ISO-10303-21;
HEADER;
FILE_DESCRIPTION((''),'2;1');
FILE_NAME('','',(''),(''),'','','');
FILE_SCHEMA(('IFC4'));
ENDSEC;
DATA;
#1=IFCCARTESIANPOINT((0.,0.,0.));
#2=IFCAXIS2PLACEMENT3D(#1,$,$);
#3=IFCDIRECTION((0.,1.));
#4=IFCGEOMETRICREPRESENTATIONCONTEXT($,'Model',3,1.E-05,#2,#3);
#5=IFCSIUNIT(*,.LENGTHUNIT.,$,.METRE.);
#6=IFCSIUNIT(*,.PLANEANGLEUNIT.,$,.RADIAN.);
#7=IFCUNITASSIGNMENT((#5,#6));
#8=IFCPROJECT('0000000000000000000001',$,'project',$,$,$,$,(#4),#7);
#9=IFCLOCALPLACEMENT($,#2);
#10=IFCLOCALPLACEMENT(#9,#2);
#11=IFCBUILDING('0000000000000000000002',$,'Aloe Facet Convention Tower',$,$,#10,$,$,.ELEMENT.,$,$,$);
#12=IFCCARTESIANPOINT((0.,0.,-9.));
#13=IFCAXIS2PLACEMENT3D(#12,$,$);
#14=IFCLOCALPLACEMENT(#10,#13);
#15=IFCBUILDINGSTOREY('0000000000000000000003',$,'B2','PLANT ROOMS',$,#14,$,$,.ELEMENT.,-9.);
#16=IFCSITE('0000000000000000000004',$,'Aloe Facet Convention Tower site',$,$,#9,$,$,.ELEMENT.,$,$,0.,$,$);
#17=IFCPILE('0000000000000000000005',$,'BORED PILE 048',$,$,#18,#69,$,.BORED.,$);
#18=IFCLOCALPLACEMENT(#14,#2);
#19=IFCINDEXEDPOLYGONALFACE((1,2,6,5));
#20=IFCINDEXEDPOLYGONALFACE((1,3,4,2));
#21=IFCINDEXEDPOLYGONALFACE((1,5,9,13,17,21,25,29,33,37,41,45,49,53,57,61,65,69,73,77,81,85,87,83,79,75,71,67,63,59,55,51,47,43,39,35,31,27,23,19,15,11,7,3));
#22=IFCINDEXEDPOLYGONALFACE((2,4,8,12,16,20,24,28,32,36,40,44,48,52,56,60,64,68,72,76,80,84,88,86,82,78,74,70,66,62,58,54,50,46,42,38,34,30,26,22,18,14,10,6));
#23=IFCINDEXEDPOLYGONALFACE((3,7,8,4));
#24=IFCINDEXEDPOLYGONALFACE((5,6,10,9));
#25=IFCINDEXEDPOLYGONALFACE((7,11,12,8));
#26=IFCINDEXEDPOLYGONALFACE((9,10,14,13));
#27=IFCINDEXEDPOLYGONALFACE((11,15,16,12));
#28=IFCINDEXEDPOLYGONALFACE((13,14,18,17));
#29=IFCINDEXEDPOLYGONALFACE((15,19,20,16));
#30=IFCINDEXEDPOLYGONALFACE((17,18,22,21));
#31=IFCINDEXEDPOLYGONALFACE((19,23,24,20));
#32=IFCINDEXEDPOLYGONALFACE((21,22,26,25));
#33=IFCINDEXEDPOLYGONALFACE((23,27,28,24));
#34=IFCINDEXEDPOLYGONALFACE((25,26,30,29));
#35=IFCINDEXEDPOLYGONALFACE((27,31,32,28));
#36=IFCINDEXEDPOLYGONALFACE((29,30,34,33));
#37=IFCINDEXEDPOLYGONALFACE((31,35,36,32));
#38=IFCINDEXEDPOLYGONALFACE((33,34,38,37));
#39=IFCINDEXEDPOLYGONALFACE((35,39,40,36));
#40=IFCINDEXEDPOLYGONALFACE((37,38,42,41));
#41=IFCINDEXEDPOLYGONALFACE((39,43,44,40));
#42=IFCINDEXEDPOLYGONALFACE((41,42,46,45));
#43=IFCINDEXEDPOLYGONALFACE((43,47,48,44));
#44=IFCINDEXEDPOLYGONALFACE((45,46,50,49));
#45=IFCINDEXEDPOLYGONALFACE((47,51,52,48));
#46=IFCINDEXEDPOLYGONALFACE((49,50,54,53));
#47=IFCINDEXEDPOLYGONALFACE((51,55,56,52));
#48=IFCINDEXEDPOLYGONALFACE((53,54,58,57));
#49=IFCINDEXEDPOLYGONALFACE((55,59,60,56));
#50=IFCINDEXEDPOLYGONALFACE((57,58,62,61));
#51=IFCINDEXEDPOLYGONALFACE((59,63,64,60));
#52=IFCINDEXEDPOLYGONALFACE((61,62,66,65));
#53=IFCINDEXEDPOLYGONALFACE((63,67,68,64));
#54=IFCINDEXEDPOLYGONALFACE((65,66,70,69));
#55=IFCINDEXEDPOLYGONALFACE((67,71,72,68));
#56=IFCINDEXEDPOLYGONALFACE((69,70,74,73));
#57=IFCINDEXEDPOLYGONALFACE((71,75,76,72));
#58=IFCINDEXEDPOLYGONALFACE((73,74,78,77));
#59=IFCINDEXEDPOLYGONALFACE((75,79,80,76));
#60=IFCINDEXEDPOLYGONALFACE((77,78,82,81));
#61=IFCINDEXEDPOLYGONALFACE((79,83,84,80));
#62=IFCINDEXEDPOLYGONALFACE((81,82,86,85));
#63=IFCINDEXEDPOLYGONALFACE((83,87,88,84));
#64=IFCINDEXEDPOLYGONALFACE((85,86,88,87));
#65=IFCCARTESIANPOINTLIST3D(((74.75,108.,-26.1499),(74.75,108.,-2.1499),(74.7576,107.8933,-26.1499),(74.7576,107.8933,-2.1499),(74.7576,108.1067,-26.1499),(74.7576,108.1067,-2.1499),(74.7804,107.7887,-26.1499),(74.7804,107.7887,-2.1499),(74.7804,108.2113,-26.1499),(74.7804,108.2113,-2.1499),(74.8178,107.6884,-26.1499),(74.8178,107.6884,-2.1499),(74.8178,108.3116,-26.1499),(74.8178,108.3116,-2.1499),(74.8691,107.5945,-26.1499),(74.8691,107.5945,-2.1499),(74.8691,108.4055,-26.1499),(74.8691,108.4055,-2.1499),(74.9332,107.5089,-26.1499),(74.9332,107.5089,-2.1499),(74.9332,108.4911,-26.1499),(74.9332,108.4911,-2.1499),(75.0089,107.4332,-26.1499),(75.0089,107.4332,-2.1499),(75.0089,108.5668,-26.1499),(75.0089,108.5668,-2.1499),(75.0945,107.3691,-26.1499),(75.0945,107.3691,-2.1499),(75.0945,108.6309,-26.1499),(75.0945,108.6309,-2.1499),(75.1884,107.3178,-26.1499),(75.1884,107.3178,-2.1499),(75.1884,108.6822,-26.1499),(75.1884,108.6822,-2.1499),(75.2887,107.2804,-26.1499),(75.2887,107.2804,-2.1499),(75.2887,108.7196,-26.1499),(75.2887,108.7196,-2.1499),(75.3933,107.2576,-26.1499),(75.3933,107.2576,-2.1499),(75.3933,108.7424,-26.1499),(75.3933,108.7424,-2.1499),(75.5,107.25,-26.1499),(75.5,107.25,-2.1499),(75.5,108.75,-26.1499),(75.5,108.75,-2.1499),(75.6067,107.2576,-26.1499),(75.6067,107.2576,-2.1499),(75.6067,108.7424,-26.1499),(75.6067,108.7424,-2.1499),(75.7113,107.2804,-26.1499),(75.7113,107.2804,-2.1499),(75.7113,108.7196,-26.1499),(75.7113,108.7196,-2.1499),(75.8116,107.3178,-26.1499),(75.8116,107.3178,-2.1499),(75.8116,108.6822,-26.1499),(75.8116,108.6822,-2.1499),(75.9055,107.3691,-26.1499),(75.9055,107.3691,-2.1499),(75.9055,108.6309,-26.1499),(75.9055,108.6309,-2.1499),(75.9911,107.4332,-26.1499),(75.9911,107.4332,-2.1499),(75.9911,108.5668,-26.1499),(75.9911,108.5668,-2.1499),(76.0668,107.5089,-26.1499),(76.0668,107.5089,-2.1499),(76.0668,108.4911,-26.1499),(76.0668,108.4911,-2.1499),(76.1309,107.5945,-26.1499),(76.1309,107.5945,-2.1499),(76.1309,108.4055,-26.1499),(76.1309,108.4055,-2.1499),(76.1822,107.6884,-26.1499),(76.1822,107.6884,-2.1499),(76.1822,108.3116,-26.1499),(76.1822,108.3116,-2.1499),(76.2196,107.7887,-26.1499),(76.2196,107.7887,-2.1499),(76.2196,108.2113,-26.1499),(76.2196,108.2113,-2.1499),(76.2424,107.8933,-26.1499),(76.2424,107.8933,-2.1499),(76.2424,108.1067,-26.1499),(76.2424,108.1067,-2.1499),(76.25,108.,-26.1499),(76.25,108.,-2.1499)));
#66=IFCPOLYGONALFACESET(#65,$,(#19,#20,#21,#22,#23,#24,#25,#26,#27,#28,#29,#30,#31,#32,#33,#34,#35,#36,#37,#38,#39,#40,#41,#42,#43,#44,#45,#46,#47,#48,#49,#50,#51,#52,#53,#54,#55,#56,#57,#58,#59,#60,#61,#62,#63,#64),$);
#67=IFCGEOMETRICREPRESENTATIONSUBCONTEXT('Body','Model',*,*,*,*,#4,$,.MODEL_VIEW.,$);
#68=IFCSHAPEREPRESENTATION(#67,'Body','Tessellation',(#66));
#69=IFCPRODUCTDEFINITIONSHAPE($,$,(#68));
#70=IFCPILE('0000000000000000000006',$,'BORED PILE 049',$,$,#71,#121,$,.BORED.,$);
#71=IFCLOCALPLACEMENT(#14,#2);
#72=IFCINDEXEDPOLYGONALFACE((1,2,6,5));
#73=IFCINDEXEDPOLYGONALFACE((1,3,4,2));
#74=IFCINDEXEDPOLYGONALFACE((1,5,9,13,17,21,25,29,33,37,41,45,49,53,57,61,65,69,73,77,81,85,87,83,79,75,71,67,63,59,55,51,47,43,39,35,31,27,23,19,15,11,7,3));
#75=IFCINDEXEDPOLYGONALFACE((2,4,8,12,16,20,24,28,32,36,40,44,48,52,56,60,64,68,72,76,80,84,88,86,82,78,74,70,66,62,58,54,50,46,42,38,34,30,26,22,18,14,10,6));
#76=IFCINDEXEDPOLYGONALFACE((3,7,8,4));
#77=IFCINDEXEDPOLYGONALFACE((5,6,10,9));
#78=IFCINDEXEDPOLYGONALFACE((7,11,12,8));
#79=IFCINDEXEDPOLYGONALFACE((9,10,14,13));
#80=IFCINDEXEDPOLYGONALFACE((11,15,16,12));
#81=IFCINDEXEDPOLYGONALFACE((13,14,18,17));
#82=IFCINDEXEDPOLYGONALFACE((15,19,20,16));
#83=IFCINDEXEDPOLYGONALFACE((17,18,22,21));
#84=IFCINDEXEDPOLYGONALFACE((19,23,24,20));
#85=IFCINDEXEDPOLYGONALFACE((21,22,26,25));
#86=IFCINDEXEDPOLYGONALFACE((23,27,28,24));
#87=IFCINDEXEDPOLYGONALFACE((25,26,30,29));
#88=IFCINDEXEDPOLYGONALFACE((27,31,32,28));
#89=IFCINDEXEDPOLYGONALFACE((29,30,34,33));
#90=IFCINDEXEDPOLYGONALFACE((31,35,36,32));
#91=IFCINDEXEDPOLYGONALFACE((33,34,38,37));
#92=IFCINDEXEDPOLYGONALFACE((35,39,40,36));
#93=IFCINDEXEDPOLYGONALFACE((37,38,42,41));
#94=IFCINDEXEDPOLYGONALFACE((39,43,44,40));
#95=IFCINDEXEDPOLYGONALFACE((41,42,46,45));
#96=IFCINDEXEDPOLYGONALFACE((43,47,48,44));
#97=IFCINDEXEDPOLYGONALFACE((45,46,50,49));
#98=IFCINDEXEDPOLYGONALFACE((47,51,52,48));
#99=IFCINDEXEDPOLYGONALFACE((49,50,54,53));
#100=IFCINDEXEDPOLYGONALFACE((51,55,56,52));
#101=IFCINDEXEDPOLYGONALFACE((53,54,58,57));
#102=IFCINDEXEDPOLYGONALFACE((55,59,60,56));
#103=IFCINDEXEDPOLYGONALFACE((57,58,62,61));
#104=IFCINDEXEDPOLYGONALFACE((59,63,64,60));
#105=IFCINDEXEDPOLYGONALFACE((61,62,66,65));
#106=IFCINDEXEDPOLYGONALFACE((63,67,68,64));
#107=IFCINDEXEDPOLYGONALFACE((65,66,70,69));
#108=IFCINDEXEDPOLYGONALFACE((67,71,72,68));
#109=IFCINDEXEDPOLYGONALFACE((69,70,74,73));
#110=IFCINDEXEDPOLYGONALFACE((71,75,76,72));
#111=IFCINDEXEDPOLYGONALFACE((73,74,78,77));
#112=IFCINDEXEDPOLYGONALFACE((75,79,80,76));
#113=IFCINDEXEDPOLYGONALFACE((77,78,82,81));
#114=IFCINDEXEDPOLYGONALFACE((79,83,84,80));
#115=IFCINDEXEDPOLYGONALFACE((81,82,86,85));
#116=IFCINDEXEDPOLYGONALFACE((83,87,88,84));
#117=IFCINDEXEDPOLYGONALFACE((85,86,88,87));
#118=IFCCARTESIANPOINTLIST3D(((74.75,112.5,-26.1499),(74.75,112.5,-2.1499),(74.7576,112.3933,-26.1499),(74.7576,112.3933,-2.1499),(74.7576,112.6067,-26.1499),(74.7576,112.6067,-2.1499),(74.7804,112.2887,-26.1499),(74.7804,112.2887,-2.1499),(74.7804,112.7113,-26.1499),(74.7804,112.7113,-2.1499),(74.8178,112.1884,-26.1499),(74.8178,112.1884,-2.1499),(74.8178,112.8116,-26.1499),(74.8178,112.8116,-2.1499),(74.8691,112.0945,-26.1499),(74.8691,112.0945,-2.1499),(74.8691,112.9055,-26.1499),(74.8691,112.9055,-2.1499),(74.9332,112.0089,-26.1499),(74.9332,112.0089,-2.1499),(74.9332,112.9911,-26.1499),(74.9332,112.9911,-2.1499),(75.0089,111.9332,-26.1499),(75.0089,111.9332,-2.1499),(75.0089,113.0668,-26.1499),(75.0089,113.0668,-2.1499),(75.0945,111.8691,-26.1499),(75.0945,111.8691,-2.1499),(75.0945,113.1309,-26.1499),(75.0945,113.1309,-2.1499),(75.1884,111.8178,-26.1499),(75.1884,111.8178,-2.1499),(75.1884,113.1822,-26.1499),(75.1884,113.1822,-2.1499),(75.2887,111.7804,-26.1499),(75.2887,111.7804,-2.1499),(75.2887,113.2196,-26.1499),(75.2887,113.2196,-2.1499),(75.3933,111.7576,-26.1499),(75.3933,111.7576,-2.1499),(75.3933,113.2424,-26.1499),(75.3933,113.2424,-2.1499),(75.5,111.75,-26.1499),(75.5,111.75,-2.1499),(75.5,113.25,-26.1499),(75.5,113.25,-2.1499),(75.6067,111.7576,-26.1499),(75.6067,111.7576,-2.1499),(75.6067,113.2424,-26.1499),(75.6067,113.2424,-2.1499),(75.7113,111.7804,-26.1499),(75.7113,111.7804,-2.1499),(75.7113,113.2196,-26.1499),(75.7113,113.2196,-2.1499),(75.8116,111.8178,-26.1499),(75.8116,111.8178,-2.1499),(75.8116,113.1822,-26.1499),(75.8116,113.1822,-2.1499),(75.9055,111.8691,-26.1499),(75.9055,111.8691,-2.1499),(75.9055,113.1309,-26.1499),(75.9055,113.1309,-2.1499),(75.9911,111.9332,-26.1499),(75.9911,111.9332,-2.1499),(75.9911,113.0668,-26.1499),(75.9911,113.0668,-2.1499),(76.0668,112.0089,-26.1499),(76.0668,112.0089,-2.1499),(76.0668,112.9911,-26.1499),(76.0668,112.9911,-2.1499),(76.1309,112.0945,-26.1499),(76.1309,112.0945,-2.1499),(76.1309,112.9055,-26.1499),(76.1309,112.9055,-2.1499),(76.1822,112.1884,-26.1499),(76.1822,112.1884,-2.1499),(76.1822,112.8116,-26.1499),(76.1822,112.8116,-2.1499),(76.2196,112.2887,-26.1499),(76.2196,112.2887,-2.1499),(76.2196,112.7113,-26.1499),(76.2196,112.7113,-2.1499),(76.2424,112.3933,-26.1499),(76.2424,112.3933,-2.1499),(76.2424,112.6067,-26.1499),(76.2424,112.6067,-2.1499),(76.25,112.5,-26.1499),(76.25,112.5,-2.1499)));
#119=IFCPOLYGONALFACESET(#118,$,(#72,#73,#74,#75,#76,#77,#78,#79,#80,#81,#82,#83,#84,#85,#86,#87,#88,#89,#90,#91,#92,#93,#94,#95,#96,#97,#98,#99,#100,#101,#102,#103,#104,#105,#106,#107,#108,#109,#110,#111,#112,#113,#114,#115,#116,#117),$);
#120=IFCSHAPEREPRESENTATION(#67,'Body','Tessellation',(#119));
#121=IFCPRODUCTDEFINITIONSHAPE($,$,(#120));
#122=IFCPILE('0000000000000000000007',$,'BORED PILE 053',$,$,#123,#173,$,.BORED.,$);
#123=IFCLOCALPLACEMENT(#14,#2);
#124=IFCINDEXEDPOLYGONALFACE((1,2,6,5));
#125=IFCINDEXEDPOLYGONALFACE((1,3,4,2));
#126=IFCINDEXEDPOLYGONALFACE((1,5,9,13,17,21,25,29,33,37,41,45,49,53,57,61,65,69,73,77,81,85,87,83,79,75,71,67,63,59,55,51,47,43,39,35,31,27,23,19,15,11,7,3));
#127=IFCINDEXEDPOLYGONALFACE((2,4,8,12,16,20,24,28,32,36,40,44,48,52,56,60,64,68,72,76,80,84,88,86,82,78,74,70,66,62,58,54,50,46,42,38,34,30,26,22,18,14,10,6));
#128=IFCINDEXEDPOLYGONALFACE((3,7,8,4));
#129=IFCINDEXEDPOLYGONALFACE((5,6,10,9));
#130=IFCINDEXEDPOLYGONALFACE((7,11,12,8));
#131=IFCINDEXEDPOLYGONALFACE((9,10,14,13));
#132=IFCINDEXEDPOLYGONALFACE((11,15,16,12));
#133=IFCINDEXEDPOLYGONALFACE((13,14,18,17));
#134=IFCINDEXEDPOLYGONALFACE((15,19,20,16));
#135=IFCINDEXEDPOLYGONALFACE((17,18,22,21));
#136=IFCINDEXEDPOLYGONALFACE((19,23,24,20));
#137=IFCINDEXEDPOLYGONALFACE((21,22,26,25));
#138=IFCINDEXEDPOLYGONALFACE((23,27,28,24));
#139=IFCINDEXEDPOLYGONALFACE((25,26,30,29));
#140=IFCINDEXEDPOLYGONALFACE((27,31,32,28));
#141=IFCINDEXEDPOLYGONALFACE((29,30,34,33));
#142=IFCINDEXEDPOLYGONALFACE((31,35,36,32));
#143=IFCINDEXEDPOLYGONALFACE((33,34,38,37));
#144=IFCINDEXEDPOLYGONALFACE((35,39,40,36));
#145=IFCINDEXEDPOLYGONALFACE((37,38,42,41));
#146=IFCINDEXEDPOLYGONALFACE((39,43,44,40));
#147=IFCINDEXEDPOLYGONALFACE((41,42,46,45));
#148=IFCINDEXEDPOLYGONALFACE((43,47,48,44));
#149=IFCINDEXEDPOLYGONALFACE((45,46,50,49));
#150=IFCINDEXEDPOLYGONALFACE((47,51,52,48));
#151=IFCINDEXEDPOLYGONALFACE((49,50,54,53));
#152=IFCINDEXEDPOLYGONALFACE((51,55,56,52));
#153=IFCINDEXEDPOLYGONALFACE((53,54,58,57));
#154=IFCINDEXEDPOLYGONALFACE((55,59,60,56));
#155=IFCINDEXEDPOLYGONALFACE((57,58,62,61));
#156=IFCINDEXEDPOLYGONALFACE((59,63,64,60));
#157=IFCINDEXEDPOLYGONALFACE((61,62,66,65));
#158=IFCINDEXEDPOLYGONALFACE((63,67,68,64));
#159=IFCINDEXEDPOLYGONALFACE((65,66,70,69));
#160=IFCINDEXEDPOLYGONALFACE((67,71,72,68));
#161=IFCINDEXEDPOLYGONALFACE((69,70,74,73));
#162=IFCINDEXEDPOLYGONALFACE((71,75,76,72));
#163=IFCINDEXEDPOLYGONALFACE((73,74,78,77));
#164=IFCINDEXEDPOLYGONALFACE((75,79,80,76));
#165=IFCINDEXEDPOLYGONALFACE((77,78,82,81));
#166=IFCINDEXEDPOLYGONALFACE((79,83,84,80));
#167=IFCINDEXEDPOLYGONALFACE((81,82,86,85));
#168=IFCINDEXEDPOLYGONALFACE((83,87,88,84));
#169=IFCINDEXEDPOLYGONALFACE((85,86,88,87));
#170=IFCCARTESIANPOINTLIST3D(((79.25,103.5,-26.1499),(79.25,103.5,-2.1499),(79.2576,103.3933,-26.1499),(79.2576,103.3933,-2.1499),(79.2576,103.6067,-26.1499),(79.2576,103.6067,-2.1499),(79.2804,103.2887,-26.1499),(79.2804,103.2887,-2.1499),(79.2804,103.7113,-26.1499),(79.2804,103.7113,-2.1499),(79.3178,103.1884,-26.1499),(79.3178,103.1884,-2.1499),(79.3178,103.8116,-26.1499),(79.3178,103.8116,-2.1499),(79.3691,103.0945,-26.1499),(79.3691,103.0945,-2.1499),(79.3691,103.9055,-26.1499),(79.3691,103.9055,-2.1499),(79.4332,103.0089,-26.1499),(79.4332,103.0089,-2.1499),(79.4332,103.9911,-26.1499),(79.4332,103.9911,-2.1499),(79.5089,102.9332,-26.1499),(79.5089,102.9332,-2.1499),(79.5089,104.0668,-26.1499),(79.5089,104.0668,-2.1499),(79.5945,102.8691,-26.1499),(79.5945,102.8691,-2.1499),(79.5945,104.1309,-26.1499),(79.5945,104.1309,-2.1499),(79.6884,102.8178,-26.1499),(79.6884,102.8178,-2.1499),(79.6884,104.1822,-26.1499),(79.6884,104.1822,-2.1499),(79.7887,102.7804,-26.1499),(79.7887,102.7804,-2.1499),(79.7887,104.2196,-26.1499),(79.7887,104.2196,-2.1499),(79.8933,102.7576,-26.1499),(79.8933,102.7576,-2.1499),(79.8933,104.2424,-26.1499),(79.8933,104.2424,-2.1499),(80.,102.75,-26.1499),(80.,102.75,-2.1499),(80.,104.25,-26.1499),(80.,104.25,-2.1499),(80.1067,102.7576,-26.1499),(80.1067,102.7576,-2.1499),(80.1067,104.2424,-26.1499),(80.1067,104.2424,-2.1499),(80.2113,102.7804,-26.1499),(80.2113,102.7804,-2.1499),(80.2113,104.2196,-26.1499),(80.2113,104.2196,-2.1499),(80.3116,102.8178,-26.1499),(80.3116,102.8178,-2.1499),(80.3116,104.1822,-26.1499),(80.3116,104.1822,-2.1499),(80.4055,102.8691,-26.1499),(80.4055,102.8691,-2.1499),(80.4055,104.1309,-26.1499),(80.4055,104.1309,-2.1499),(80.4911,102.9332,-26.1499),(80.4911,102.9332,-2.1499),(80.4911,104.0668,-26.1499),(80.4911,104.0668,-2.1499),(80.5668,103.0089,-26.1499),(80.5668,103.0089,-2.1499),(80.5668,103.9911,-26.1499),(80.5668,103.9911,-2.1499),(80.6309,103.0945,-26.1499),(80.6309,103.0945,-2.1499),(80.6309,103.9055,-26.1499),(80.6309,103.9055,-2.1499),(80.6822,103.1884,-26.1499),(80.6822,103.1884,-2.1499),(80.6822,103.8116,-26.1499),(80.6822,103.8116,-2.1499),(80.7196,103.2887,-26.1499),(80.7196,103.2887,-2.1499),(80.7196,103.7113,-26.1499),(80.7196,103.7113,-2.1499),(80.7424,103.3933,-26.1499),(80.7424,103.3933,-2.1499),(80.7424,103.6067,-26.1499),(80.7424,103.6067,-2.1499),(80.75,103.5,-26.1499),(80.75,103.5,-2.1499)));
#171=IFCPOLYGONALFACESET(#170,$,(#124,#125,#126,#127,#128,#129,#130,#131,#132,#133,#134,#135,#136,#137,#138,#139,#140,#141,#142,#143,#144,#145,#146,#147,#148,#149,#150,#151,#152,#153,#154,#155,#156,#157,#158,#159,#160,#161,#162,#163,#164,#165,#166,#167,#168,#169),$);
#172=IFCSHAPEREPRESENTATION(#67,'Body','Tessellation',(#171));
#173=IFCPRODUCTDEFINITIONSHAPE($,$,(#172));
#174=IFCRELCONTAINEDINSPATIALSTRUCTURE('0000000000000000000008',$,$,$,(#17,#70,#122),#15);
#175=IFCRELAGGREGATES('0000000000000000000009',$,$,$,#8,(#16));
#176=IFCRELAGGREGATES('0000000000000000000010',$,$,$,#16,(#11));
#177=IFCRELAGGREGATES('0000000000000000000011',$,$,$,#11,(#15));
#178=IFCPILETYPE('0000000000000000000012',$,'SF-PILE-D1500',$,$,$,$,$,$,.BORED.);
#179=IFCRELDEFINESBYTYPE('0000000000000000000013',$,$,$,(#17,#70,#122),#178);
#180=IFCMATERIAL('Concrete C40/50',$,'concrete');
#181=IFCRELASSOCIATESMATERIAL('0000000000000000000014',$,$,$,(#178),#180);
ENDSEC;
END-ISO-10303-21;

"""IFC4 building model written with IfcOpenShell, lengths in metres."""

from ifc_helpers import new_model, si_unit, direction, frame, origin, origin_2d, place, context, subcontext, project, spatial, circle, extrude, material, material_profile, profile_set, type_object, element, save


model = new_model("IFC4")

# Units and contexts
model_context = context("Model", 3, precision=1e-05, world=origin(), true_north=direction((0.0, 1.0)))
body_context = subcontext(model_context, "Body", "Model", "MODEL_VIEW")
ifc_project = project(units=[si_unit("LENGTHUNIT", "METRE"), si_unit("PLANEANGLEUNIT", "RADIAN")], contexts=[model_context])

# Site, building, storey
site_placement = place(None, origin())
site = spatial("IfcSite", under=ifc_project, at=site_placement, Name="Aloe Facet Convention Tower site", CompositionType="ELEMENT", RefElevation=0.0)
building_placement = place(site_placement, origin())
building = spatial("IfcBuilding", under=site, at=building_placement, Name="Aloe Facet Convention Tower", CompositionType="ELEMENT")
storey_placement = place(building_placement, frame((0.0, 0.0, -9.0)))
storey = spatial("IfcBuildingStorey", under=building, at=storey_placement, Name="B2", Description="PLANT ROOMS", CompositionType="ELEMENT", Elevation=-9.0)

# Piles
ifc_material_1 = material(Name="Concrete C40/50", Category="concrete")
ifc_material_profile_1 = material_profile(ifc_material_1, circle(Radius=0.75, at=origin_2d()), Name="D1500")
ifc_profile_set_1 = profile_set([ifc_material_profile_1], Name="Concrete C40/50")
pile_type = type_object("IfcPileType", Name="SF-PILE-D1500", PredefinedType="BORED", material=ifc_profile_set_1)
for number, where, z_axis, x_axis, name in (
    (1, (75.5, 108.0, -2.1499), (0.0, 0.0, -1.0), (1.0, 0.0, 0.0), "BORED PILE 048"),
    (2, (75.5, 112.5, -2.1499), (0.0, 0.0, -1.0), (1.0, 0.0, 0.0), "BORED PILE 049"),
    (3, (80.0, 103.5, -2.1499), (0.0, 0.0, -1.0), (1.0, 0.0, 0.0), "BORED PILE 053"),
):
    element("IfcPile", number, at=place(storey_placement, frame(where, z_axis=z_axis, x_axis=x_axis)), inside=storey, type_object=pile_type, Name=name, PredefinedType="BORED", context=body_context, shape_type="SweptSolid", body=[
        extrude(circle(Radius=0.75, at=origin_2d()), origin(), (0.0, 0.0, 1.0), 24.0),
    ])

save(model, "model.ifc")
